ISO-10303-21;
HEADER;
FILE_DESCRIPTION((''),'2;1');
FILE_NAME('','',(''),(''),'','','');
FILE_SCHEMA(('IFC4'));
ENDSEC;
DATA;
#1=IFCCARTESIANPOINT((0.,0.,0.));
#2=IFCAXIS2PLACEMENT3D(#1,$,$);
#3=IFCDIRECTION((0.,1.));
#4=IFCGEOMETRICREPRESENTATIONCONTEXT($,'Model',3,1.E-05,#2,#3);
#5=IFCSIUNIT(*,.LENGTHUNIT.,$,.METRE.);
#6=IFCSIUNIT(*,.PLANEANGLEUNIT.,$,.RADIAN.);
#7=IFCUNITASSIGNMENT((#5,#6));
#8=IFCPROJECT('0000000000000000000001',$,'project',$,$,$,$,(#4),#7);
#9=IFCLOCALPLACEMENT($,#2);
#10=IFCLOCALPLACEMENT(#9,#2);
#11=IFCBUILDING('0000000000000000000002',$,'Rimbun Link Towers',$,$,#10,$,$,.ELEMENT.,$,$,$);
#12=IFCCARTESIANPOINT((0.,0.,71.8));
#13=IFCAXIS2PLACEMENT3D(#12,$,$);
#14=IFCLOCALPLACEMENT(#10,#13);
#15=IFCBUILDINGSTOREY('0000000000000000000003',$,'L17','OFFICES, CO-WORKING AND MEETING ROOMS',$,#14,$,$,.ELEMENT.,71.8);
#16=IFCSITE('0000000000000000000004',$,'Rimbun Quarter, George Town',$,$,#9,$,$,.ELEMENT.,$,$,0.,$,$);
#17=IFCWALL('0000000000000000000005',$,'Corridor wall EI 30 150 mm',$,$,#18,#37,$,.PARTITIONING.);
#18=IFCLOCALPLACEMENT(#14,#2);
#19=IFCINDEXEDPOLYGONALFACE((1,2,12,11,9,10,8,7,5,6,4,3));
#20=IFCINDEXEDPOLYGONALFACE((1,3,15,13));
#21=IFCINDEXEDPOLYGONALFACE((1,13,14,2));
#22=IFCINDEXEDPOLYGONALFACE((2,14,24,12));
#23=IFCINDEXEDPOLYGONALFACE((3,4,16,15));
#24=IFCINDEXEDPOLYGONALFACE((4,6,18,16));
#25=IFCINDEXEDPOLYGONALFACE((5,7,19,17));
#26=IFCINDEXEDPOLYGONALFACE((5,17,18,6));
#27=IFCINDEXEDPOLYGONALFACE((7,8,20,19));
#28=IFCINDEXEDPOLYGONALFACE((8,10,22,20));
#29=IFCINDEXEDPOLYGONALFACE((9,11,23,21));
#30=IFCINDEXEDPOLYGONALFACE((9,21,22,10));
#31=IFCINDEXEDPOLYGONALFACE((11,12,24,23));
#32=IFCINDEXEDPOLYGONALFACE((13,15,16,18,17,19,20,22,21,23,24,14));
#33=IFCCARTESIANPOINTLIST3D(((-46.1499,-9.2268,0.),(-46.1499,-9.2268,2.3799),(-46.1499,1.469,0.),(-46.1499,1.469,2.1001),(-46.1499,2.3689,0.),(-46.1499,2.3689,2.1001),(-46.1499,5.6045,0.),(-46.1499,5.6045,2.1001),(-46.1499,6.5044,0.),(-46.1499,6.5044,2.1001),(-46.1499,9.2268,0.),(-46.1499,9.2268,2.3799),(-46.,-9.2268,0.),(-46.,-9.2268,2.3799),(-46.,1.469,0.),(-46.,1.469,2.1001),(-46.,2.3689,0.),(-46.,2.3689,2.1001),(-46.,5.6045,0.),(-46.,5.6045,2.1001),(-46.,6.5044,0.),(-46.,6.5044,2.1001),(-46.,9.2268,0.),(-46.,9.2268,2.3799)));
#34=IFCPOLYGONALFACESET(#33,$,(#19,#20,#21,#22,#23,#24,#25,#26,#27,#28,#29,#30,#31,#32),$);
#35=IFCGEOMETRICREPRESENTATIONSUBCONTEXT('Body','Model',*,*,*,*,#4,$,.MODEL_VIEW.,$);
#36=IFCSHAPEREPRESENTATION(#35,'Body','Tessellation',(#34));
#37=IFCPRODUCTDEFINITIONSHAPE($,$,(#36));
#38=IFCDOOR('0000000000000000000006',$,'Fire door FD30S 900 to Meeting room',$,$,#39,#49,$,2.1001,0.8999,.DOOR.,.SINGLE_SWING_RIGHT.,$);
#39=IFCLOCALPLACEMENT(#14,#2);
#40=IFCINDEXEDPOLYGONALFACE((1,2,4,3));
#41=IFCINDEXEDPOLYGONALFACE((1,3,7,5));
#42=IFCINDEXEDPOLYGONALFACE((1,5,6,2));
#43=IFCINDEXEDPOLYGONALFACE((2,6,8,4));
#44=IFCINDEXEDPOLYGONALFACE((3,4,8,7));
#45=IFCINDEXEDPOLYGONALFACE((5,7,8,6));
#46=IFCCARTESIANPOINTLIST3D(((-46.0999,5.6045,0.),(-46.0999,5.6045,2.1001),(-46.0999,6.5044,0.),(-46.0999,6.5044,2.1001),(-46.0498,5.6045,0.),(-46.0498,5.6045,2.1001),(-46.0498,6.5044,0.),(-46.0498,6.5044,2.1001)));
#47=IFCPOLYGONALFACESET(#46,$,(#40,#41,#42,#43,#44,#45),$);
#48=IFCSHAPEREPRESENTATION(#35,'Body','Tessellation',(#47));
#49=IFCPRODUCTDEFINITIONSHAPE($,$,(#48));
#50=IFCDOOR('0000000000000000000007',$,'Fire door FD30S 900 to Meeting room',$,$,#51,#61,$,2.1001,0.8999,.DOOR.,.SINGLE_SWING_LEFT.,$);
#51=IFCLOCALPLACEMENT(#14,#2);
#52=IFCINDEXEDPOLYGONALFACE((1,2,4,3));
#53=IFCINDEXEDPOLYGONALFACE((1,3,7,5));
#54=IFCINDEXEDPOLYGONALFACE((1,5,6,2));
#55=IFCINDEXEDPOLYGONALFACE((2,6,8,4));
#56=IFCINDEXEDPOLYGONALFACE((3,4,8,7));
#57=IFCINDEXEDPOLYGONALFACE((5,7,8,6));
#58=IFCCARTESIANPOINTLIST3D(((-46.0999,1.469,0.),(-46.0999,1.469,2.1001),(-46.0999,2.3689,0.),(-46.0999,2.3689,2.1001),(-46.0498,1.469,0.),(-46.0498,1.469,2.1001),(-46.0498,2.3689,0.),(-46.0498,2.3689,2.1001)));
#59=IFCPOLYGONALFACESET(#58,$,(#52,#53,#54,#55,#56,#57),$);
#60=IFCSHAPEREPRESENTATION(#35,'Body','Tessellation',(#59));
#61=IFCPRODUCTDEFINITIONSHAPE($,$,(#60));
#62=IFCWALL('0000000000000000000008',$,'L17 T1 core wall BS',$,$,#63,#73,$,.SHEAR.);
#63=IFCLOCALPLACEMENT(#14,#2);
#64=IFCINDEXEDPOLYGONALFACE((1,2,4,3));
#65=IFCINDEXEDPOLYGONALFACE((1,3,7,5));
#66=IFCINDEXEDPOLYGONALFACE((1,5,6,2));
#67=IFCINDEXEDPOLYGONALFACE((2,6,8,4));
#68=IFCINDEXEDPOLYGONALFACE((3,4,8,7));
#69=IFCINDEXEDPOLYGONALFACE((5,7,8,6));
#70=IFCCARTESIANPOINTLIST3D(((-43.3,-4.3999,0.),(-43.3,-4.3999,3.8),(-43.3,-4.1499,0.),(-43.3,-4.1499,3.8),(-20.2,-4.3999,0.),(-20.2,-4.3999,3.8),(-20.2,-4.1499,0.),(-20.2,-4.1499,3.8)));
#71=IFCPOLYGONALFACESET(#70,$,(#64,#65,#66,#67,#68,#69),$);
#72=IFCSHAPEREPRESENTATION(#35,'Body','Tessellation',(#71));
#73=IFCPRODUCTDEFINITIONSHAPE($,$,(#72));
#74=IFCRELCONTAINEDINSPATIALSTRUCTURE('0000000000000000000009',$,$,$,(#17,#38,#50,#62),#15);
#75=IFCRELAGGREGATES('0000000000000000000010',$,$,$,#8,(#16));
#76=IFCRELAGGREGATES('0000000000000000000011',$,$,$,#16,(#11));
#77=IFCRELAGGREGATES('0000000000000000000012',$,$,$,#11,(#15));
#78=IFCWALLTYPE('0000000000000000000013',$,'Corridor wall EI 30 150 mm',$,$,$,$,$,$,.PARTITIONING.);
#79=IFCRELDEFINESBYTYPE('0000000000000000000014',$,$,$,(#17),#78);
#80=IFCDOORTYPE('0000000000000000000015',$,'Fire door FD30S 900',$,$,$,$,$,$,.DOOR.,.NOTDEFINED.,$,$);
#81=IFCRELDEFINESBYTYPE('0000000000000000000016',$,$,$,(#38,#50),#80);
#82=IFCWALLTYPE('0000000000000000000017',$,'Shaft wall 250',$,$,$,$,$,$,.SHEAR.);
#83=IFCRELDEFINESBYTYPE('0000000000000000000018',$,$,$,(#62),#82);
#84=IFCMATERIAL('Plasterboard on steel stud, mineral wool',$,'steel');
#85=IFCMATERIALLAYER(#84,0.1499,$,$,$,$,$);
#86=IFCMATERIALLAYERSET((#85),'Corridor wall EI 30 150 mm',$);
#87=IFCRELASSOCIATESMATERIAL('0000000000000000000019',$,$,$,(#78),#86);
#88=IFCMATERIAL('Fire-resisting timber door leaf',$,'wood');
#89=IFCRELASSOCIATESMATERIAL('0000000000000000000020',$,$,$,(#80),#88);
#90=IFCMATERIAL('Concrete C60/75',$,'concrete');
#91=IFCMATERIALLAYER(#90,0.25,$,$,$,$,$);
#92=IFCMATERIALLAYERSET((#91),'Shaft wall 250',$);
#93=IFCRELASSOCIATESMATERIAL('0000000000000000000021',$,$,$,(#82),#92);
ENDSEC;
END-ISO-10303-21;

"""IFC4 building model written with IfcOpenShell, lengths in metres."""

from ifc_helpers import new_model, si_unit, direction, frame, frame_2d, origin, place, context, subcontext, project, spatial, rectangle, extrude, material, layer, layer_set, type_object, element, fill, save


model = new_model("IFC4")

# Units and contexts
model_context = context("Model", 3, precision=1e-05, world=origin(), true_north=direction((0.0, 1.0)))
body_context = subcontext(model_context, "Body", "Model", "MODEL_VIEW")
ifc_project = project(units=[si_unit("LENGTHUNIT", "METRE"), si_unit("PLANEANGLEUNIT", "RADIAN")], contexts=[model_context])

# Site, building, storey
site_placement = place(None, origin())
site = spatial("IfcSite", under=ifc_project, at=site_placement, Name="Rimbun Quarter, George Town", CompositionType="ELEMENT", RefElevation=0.0)
building_placement = place(site_placement, origin())
building = spatial("IfcBuilding", under=site, at=building_placement, Name="Rimbun Link Towers", CompositionType="ELEMENT")
storey_placement = place(building_placement, frame((0.0, 0.0, 71.8)))
storey = spatial("IfcBuildingStorey", under=building, at=storey_placement, Name="L17", Description="OFFICES, CO-WORKING AND MEETING ROOMS", CompositionType="ELEMENT", Elevation=71.8)

# Shared definitions
ifc_material_1 = material(Name="Plasterboard on steel stud, mineral wool", Category="steel")
ifc_layer_1 = layer(ifc_material_1, 0.1499)
ifc_layer_set_1 = layer_set([ifc_layer_1], Name="Corridor wall EI 30 150 mm")
wall_type_1 = type_object("IfcWallType", Name="Corridor wall EI 30 150 mm", PredefinedType="PARTITIONING", material=ifc_layer_set_1)

# Wall, openings, doors
wall_1_placement = place(storey_placement, frame((-46.075, -9.2268, 0.0), z_axis=(0.0, 0.0, 1.0), x_axis=(0.0, 1.0, 0.0)))
wall_1 = element("IfcWall", 1, at=wall_1_placement, inside=storey, type_object=wall_type_1, Name="Corridor wall EI 30 150 mm", PredefinedType="PARTITIONING", context=body_context, shape_type="SweptSolid", body=[
    extrude(rectangle(XDim=18.4536, YDim=0.1499, at=frame_2d((9.2268, 0.0))), origin(), (0.0, 0.0, 1.0), 2.3799),
])
opening_1_placement = place(wall_1_placement, frame((14.8313, 0.0, 0.0)))
opening_1 = element("IfcOpeningElement", 2, at=opening_1_placement, cuts=wall_1, PredefinedType="OPENING", context=body_context, shape_type="SweptSolid", body=[
    extrude(rectangle(XDim=0.8999, YDim=2.1001, at=frame_2d((0.45, 1.05))), frame((0.0, 0.085, 0.0), z_axis=(0.0, -1.0, 0.0), x_axis=(1.0, 0.0, 0.0)), (0.0, 0.0, 1.0), 0.1699),
])
opening_2_placement = place(wall_1_placement, frame((10.6958, 0.0, 0.0)))
opening_2 = element("IfcOpeningElement", 3, at=opening_2_placement, cuts=wall_1, PredefinedType="OPENING", context=body_context, shape_type="SweptSolid", body=[
    extrude(rectangle(XDim=0.8999, YDim=2.1001, at=frame_2d((0.45, 1.05))), frame((0.0, 0.085, 0.0), z_axis=(0.0, -1.0, 0.0), x_axis=(1.0, 0.0, 0.0)), (0.0, 0.0, 1.0), 0.1699),
])
ifc_material_2 = material(Name="Fire-resisting timber door leaf", Category="wood")
door_type_1 = type_object("IfcDoorType", Name="Fire door FD30S 900", OperationType="NOTDEFINED", PredefinedType="DOOR", material=ifc_material_2)
door_1_placement = place(opening_1_placement, origin())
door_1 = element("IfcDoor", 4, at=door_1_placement, inside=storey, type_object=door_type_1, Name="Fire door FD30S 900 to Meeting room", OperationType="SINGLE_SWING_RIGHT", OverallHeight=2.1001, OverallWidth=0.8999, PredefinedType="DOOR", context=body_context, shape_type="SweptSolid", body=[
    extrude(rectangle(XDim=0.8999, YDim=2.1001, at=frame_2d((0.45, 1.05))), frame((0.0, 0.0249, 0.0), z_axis=(0.0, -1.0, 0.0), x_axis=(1.0, 0.0, 0.0)), (0.0, 0.0, 1.0), 0.05),
])
fill(opening_1, door_1)
door_2_placement = place(opening_2_placement, origin())
door_2 = element("IfcDoor", 5, at=door_2_placement, inside=storey, type_object=door_type_1, Name="Fire door FD30S 900 to Meeting room", OperationType="SINGLE_SWING_LEFT", OverallHeight=2.1001, OverallWidth=0.8999, PredefinedType="DOOR", context=body_context, shape_type="SweptSolid", body=[
    extrude(rectangle(XDim=0.8999, YDim=2.1001, at=frame_2d((0.45, 1.05))), frame((0.0, 0.0249, 0.0), z_axis=(0.0, -1.0, 0.0), x_axis=(1.0, 0.0, 0.0)), (0.0, 0.0, 1.0), 0.05),
])
fill(opening_2, door_2)

# Wall
ifc_material_3 = material(Name="Concrete C60/75", Category="concrete")
ifc_layer_2 = layer(ifc_material_3, 0.25)
ifc_layer_set_2 = layer_set([ifc_layer_2], Name="Shaft wall 250")
wall_type_2 = type_object("IfcWallType", Name="Shaft wall 250", PredefinedType="SHEAR", material=ifc_layer_set_2)
wall_2_placement = place(storey_placement, frame((-43.3, -4.2749, 0.0), z_axis=(0.0, 0.0, 1.0), x_axis=(1.0, 0.0, 0.0)))
element("IfcWall", 6, at=wall_2_placement, inside=storey, type_object=wall_type_2, Name="L17 T1 core wall BS", PredefinedType="SHEAR", context=body_context, shape_type="SweptSolid", body=[
    extrude(rectangle(XDim=23.1001, YDim=0.25, at=frame_2d((11.55, 0.0))), origin(), (0.0, 0.0, 1.0), 3.8),
])

save(model, "model.ifc")
